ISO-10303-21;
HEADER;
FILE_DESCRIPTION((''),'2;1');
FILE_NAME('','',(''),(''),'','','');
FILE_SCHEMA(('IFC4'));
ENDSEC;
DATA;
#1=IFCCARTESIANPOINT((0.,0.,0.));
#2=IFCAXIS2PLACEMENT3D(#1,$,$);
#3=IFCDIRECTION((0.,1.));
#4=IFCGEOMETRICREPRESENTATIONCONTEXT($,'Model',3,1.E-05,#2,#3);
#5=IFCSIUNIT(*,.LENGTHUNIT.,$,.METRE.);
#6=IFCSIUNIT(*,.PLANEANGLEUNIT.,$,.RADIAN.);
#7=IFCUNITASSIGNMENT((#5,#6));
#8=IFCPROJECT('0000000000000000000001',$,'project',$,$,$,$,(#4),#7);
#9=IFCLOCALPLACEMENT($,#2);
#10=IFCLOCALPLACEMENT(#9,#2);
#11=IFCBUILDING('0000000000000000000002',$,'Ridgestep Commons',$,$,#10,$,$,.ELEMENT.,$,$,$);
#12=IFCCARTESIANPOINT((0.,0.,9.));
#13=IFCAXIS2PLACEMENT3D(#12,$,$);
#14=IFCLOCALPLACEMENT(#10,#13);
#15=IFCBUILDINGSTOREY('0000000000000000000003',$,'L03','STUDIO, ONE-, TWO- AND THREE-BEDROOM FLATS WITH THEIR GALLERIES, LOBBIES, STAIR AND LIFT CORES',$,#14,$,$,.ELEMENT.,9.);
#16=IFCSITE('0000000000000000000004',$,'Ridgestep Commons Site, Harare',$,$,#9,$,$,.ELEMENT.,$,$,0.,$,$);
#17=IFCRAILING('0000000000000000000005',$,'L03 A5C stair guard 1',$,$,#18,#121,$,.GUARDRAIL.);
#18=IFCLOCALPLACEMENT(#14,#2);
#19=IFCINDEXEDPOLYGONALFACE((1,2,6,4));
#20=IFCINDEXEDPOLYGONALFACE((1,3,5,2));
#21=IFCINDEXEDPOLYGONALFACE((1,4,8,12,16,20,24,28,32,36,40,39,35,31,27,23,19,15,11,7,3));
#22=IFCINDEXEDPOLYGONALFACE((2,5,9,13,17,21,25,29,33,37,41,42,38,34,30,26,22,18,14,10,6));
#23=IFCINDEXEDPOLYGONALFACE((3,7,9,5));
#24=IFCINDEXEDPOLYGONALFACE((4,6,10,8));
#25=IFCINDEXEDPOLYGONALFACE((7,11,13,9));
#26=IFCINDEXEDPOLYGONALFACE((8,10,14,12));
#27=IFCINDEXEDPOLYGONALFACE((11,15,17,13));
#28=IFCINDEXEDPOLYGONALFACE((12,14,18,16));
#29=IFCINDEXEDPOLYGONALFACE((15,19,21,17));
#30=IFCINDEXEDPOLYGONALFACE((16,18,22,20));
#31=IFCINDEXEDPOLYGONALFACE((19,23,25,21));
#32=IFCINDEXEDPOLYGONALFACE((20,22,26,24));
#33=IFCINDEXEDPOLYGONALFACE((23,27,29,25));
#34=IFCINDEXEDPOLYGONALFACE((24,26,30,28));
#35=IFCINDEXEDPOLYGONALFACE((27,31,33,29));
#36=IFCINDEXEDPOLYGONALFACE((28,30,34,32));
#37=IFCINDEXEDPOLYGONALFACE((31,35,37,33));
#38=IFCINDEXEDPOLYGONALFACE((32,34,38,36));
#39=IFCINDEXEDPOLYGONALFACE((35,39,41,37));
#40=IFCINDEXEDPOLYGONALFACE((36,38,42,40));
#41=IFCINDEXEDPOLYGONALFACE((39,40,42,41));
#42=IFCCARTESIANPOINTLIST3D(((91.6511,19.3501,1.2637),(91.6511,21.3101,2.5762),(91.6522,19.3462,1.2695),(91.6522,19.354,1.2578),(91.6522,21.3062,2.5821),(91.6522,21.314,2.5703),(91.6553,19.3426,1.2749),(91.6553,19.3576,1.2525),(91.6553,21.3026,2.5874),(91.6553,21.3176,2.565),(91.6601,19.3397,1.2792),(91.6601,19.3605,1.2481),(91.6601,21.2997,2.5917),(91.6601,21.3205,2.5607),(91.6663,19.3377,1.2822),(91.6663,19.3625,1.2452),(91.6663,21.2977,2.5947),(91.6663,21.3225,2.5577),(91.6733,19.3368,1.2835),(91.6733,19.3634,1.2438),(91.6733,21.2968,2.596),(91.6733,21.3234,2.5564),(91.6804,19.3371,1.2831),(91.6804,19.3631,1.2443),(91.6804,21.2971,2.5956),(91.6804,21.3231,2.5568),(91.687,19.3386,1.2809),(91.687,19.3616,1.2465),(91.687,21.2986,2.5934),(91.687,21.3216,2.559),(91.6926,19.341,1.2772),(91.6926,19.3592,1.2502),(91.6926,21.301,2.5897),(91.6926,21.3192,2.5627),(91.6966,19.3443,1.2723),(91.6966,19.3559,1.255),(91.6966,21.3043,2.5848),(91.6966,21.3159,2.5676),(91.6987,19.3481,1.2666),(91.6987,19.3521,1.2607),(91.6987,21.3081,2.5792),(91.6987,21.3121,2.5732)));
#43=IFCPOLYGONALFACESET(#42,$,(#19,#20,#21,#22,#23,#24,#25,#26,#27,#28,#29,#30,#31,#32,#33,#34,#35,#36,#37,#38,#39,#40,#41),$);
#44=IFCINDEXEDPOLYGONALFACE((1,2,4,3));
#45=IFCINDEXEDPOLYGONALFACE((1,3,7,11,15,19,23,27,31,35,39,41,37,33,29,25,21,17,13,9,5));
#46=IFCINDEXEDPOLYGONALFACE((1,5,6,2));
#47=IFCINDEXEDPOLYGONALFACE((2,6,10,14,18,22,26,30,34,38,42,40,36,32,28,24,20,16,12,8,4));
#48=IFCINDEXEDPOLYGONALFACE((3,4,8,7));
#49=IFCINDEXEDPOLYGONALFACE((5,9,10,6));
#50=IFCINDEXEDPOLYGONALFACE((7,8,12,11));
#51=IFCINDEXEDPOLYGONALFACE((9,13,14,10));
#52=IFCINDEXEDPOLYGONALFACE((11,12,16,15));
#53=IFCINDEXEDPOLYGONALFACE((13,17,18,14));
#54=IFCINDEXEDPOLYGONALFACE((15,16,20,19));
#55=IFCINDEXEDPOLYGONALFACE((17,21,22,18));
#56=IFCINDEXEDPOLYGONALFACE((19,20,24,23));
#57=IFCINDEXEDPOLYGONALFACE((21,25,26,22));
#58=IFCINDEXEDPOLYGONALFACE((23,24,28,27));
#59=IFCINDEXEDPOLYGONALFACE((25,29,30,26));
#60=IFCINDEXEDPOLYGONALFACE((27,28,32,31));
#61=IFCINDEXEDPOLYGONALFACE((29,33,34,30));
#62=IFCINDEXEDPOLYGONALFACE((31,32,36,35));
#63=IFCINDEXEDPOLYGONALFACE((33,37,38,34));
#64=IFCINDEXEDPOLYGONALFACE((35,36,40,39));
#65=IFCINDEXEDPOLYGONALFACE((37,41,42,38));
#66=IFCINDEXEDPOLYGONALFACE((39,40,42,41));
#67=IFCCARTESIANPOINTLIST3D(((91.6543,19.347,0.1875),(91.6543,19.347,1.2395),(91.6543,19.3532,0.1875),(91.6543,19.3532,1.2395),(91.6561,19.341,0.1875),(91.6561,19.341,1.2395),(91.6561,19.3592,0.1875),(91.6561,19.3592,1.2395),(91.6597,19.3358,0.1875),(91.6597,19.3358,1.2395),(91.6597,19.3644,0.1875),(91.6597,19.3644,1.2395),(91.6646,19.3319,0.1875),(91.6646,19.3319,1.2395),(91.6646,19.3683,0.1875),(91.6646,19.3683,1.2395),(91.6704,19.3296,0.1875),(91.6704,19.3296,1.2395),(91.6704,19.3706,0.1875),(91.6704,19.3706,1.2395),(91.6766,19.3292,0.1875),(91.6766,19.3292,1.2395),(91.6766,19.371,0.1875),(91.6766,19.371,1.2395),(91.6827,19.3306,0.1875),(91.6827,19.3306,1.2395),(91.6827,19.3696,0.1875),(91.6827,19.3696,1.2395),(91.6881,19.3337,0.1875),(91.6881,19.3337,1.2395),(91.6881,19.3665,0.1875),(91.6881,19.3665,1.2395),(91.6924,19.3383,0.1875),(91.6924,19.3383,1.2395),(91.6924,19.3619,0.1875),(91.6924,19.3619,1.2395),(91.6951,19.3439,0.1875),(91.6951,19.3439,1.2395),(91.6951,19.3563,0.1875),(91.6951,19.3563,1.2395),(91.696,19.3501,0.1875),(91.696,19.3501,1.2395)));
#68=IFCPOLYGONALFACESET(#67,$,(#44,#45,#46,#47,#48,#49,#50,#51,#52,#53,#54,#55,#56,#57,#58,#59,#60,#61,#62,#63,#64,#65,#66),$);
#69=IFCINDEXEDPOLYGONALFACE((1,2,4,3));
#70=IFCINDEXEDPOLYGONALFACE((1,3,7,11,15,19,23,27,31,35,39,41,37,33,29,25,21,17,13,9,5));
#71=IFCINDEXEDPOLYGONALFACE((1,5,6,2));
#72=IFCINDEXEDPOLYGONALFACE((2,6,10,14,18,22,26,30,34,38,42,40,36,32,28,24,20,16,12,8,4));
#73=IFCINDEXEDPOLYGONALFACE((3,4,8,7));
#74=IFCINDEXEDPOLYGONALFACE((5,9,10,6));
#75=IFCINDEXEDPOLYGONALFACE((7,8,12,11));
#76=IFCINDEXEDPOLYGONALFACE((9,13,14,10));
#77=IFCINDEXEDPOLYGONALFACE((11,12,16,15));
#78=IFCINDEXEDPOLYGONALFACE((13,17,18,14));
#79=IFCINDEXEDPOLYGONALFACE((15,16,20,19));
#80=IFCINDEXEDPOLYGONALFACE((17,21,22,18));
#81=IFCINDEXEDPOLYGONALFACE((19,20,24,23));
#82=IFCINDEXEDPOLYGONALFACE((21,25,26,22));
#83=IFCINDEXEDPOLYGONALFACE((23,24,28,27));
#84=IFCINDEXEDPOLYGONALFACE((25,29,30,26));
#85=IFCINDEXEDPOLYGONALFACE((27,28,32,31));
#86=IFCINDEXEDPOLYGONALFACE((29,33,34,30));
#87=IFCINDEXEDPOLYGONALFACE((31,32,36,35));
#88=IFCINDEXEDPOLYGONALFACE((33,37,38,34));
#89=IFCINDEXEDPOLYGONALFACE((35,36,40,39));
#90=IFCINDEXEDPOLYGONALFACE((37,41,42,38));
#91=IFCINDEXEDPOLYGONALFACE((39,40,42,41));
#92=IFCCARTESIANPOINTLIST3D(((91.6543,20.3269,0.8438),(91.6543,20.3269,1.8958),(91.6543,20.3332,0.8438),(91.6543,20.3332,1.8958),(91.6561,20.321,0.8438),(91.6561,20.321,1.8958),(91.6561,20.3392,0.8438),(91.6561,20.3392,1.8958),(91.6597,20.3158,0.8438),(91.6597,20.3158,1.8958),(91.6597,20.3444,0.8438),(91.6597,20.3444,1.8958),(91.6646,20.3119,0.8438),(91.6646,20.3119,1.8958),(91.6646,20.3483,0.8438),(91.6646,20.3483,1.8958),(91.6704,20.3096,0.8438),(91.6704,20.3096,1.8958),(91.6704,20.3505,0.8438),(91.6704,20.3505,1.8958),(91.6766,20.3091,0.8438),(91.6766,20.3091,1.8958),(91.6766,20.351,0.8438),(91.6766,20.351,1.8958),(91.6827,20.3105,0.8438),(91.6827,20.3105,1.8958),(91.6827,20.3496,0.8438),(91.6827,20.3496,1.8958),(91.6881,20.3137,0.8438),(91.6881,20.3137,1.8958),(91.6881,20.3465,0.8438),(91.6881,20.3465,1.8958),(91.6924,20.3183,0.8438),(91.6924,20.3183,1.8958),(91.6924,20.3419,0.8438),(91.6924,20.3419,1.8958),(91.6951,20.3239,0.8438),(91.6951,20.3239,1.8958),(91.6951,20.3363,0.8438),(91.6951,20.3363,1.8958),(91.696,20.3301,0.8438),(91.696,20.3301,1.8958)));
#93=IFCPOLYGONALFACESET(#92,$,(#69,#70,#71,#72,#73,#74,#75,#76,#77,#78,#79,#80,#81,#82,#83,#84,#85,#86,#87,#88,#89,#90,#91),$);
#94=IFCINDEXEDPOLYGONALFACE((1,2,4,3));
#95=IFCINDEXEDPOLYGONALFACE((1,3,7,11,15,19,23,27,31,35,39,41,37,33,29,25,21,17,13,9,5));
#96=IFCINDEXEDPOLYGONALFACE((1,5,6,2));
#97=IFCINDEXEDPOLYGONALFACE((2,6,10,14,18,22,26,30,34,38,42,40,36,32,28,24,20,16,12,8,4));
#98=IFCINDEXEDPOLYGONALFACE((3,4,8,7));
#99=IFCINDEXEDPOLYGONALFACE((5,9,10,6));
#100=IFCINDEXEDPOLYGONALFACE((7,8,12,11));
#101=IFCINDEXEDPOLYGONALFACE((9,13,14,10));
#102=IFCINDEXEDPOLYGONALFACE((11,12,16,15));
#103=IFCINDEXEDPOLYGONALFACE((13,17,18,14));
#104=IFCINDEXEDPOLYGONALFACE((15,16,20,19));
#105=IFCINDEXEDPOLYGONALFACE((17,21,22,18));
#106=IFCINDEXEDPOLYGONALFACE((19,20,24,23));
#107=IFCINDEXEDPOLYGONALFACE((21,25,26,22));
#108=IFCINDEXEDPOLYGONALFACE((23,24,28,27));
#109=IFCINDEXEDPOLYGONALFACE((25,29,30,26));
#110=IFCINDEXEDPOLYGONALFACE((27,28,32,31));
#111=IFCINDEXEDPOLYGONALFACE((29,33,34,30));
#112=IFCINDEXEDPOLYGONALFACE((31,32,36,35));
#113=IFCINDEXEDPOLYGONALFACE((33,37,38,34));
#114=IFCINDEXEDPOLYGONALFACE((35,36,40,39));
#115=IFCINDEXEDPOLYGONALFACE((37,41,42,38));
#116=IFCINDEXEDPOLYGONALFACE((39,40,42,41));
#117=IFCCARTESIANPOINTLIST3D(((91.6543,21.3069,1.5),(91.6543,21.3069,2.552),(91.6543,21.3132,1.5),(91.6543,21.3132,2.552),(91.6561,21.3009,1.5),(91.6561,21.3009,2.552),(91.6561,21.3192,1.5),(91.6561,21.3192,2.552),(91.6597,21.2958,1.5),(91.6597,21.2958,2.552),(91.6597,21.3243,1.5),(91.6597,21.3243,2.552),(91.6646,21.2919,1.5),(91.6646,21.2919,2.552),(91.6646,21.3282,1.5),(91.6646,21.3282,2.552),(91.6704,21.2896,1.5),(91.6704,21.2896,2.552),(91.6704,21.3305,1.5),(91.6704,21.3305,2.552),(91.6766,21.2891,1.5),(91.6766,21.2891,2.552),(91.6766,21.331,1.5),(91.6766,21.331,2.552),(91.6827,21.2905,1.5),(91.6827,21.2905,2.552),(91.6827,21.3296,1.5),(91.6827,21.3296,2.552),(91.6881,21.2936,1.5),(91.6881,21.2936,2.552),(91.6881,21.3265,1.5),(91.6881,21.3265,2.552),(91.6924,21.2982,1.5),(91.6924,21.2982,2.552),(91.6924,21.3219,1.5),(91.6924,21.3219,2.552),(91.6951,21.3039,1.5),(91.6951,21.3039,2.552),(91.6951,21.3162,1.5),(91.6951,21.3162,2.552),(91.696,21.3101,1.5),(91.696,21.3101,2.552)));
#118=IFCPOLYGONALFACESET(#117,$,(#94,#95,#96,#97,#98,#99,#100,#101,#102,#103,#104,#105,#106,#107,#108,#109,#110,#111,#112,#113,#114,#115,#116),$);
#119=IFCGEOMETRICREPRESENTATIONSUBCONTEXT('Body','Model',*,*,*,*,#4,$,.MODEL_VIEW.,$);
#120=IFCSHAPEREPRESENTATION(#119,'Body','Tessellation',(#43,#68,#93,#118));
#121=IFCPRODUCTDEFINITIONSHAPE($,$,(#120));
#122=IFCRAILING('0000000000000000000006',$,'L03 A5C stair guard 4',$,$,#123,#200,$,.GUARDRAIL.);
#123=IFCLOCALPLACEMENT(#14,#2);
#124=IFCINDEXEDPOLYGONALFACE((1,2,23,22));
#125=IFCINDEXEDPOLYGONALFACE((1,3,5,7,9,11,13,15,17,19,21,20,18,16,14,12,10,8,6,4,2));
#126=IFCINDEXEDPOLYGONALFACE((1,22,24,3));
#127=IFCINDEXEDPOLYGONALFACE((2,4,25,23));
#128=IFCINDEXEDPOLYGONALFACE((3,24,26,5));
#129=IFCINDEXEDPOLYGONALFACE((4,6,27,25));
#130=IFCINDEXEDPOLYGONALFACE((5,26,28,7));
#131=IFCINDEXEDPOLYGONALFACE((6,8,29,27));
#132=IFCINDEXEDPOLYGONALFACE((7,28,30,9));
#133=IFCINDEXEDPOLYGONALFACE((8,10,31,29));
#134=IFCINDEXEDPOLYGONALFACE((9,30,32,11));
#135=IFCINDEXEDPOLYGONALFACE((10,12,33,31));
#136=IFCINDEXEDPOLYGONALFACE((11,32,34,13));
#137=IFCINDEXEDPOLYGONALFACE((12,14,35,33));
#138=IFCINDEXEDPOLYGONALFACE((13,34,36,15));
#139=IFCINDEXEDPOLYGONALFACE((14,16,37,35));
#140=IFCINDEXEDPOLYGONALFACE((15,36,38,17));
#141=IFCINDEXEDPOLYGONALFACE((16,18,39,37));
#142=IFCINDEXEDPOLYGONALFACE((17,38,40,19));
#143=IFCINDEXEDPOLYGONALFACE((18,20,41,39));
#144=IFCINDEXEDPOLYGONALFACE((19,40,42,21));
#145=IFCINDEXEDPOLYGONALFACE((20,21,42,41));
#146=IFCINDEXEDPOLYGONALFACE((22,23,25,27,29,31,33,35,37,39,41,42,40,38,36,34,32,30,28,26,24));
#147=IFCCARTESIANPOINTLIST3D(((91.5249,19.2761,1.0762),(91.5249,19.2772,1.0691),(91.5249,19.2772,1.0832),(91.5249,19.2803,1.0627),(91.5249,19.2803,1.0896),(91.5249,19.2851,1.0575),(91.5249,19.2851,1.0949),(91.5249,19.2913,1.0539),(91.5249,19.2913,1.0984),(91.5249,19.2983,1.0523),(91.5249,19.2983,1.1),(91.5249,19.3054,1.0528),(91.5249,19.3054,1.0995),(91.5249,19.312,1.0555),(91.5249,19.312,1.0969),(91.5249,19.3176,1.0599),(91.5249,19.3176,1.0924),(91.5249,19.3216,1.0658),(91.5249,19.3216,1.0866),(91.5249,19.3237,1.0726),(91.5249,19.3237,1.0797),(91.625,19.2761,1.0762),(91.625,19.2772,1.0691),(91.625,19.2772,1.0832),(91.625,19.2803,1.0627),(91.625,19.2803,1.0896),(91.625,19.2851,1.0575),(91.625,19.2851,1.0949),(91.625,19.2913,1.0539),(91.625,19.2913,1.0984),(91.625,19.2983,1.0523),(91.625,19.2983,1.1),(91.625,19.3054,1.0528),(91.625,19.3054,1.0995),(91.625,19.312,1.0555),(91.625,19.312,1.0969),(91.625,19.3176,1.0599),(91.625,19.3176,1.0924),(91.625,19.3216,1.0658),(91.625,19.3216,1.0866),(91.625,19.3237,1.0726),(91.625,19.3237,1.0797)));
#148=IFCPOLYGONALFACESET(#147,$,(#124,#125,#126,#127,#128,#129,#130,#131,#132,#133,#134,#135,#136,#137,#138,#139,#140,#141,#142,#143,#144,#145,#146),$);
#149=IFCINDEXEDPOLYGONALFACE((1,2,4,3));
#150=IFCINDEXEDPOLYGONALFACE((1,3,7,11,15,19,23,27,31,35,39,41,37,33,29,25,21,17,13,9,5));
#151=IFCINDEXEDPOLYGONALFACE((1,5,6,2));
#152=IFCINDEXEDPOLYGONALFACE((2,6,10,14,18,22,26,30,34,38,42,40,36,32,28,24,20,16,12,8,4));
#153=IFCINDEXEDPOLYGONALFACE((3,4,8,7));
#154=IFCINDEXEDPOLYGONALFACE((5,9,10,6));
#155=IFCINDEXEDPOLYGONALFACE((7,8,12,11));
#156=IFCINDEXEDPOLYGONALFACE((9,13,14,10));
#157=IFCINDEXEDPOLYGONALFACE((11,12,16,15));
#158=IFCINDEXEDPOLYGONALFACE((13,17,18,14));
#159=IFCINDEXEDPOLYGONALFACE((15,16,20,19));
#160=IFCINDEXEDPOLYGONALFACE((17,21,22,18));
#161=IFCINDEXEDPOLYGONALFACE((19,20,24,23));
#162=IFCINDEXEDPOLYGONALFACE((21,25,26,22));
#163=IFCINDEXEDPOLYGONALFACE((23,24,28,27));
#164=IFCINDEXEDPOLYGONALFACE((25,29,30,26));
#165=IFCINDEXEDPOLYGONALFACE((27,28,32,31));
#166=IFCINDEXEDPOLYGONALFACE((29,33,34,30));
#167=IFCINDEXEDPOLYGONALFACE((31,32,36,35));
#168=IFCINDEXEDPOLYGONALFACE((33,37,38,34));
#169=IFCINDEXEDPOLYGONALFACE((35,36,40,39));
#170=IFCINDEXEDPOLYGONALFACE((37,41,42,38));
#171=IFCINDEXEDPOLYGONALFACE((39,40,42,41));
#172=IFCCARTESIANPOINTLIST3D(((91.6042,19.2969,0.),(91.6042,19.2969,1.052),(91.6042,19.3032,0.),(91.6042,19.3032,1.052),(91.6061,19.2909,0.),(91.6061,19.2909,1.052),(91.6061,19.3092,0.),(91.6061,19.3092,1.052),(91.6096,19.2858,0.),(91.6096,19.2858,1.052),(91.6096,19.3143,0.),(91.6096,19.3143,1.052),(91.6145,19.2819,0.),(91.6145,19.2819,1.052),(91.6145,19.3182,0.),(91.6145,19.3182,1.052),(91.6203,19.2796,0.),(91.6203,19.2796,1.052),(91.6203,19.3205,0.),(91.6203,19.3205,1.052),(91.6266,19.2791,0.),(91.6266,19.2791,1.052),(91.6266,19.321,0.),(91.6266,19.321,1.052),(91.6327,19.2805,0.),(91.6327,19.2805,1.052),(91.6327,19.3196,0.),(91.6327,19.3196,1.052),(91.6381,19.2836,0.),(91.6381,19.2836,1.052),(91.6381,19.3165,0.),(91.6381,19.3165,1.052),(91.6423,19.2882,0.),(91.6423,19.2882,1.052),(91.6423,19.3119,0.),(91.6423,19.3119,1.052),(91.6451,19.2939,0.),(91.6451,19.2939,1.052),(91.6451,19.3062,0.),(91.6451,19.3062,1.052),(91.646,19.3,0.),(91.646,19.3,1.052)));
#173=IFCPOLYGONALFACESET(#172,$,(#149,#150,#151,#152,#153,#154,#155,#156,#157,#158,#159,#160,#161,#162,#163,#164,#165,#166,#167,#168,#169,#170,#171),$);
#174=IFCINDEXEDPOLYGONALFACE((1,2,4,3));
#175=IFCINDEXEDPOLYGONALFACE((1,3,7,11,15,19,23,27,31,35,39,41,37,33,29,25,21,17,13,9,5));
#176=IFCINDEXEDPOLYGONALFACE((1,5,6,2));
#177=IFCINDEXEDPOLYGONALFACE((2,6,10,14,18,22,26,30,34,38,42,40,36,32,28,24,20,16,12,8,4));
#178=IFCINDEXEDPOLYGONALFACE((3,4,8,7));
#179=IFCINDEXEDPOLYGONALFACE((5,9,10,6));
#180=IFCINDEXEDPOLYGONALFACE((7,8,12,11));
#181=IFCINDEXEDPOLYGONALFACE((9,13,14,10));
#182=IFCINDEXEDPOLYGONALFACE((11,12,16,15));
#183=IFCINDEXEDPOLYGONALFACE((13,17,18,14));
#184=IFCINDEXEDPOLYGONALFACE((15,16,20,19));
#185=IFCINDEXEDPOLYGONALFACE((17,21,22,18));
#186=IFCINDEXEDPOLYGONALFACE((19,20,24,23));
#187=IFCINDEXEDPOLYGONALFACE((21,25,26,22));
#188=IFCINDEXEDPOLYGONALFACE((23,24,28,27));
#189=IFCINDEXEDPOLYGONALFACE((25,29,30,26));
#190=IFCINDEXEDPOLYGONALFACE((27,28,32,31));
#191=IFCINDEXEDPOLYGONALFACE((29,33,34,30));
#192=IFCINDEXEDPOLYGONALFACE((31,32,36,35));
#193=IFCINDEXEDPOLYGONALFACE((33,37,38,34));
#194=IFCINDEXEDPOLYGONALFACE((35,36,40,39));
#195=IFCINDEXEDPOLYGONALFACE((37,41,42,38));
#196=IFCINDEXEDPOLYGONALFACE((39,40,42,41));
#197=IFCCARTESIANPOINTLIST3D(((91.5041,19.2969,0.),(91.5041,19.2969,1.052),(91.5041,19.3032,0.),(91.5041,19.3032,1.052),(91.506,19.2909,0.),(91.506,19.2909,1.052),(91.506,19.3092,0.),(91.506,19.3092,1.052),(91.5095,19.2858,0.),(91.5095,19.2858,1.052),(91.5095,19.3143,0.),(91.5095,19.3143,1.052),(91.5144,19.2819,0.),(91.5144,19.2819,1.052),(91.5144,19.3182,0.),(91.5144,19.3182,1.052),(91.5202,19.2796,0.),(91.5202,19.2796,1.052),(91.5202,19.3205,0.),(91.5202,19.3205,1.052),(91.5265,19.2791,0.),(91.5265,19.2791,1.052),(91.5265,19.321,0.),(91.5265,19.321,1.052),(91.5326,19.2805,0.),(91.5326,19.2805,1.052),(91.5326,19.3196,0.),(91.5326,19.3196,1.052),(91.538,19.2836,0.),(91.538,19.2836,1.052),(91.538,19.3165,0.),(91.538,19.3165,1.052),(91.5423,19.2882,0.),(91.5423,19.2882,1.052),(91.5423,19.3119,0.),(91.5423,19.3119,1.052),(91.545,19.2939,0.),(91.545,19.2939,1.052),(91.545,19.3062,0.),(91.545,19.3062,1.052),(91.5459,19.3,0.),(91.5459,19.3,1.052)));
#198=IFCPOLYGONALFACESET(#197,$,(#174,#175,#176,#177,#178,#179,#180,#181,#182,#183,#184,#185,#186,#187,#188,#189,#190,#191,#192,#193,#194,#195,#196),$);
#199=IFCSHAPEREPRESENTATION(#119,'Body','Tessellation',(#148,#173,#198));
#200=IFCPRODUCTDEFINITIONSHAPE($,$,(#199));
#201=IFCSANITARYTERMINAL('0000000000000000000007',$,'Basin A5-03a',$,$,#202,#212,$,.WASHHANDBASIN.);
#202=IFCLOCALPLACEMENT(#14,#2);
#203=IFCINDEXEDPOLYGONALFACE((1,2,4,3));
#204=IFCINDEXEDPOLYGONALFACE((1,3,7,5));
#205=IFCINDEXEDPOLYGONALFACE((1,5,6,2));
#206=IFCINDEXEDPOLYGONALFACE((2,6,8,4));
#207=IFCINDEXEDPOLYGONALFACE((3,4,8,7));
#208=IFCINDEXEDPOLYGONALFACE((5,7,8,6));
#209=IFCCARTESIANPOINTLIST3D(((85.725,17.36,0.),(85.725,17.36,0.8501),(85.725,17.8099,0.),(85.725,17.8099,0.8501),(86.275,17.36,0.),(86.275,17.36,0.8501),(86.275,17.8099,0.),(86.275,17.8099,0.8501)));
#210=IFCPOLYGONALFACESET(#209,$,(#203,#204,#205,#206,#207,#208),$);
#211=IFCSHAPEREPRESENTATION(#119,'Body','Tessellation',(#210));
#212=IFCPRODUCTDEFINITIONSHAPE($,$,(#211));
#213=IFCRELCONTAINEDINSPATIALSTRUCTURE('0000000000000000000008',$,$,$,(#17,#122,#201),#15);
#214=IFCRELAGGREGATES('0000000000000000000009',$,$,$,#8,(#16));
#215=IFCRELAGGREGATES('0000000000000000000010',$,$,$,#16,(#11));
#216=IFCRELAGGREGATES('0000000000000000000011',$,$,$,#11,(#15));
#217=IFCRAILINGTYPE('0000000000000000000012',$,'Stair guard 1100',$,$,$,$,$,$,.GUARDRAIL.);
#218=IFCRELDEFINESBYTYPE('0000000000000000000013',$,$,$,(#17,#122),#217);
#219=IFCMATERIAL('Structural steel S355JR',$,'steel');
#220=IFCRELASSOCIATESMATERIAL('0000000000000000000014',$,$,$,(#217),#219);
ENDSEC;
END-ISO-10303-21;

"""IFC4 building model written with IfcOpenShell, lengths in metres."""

from ifc_helpers import new_model, si_unit, direction, frame, origin, origin_2d, place, context, subcontext, project, spatial, rectangle, circle, extrude, material, type_object, element, save


model = new_model("IFC4")

# Units and contexts
model_context = context("Model", 3, precision=1e-05, world=origin(), true_north=direction((0.0, 1.0)))
body_context = subcontext(model_context, "Body", "Model", "MODEL_VIEW")
ifc_project = project(units=[si_unit("LENGTHUNIT", "METRE"), si_unit("PLANEANGLEUNIT", "RADIAN")], contexts=[model_context])

# Site, building, storey
site_placement = place(None, origin())
site = spatial("IfcSite", under=ifc_project, at=site_placement, Name="Ridgestep Commons Site, Harare", CompositionType="ELEMENT", RefElevation=0.0)
building_placement = place(site_placement, origin())
building = spatial("IfcBuilding", under=site, at=building_placement, Name="Ridgestep Commons", CompositionType="ELEMENT")
storey_placement = place(building_placement, frame((0.0, 0.0, 9.0)))
storey = spatial("IfcBuildingStorey", under=building, at=storey_placement, Name="L03", Description="STUDIO, ONE-, TWO- AND THREE-BEDROOM FLATS WITH THEIR GALLERIES, LOBBIES, STAIR AND LIFT CORES", CompositionType="ELEMENT", Elevation=9.0)

# Railings
ifc_material_1 = material(Name="Structural steel S355JR", Category="steel")
railing_type_1 = type_object("IfcRailingType", Name="Stair guard 1100", PredefinedType="GUARDRAIL", material=ifc_material_1)
railing_1_placement = place(storey_placement, frame((91.675, 19.3501, 0.1875)))
element("IfcRailing", 1, at=railing_1_placement, inside=storey, type_object=railing_type_1, Name="L03 A5C stair guard 1", PredefinedType="GUARDRAIL", context=body_context, shape_type="SweptSolid", body=[
    extrude(circle(Radius=0.0239, at=origin_2d()), frame((0.0, 0.0, 1.0762), z_axis=(0.0, 0.830902, 0.556419), x_axis=(-1.0, 0.0, 0.0)), (0.0, 0.0, 1.0), 2.3589),
    extrude(circle(Radius=0.021, at=origin_2d()), origin(), (0.0, 0.0, 1.0), 1.052),
    extrude(circle(Radius=0.021, at=origin_2d()), frame((0.0, 0.98, 0.6562)), (0.0, 0.0, 1.0), 1.052),
    extrude(circle(Radius=0.021, at=origin_2d()), frame((0.0, 1.96, 1.3125)), (0.0, 0.0, 1.0), 1.052),
])
railing_2_placement = place(storey_placement, frame((91.625, 19.3, 0.0)))
element("IfcRailing", 2, at=railing_2_placement, inside=storey, type_object=railing_type_1, Name="L03 A5C stair guard 4", PredefinedType="GUARDRAIL", context=body_context, shape_type="SweptSolid", body=[
    extrude(circle(Radius=0.0239, at=origin_2d()), frame((0.0, 0.0, 1.0762), z_axis=(-1.0, 0.0, 0.0), x_axis=(0.0, -1.0, 0.0)), (0.0, 0.0, 1.0), 0.1001),
    extrude(circle(Radius=0.021, at=origin_2d()), origin(), (0.0, 0.0, 1.0), 1.052),
    extrude(circle(Radius=0.021, at=origin_2d()), frame((-0.1001, 0.0, 0.0)), (0.0, 0.0, 1.0), 1.052),
])

# Sanitary terminal
sanitary_terminal_placement = place(storey_placement, frame((86.0, 17.585, 0.0), z_axis=(0.0, 0.0, 1.0), x_axis=(1.0, 0.0, 0.0)))
element("IfcSanitaryTerminal", 3, at=sanitary_terminal_placement, inside=storey, Name="Basin A5-03a", PredefinedType="WASHHANDBASIN", context=body_context, shape_type="SweptSolid", body=[
    extrude(rectangle(XDim=0.55, YDim=0.45, at=origin_2d()), origin(), (0.0, 0.0, 1.0), 0.8501),
])

save(model, "model.ifc")
